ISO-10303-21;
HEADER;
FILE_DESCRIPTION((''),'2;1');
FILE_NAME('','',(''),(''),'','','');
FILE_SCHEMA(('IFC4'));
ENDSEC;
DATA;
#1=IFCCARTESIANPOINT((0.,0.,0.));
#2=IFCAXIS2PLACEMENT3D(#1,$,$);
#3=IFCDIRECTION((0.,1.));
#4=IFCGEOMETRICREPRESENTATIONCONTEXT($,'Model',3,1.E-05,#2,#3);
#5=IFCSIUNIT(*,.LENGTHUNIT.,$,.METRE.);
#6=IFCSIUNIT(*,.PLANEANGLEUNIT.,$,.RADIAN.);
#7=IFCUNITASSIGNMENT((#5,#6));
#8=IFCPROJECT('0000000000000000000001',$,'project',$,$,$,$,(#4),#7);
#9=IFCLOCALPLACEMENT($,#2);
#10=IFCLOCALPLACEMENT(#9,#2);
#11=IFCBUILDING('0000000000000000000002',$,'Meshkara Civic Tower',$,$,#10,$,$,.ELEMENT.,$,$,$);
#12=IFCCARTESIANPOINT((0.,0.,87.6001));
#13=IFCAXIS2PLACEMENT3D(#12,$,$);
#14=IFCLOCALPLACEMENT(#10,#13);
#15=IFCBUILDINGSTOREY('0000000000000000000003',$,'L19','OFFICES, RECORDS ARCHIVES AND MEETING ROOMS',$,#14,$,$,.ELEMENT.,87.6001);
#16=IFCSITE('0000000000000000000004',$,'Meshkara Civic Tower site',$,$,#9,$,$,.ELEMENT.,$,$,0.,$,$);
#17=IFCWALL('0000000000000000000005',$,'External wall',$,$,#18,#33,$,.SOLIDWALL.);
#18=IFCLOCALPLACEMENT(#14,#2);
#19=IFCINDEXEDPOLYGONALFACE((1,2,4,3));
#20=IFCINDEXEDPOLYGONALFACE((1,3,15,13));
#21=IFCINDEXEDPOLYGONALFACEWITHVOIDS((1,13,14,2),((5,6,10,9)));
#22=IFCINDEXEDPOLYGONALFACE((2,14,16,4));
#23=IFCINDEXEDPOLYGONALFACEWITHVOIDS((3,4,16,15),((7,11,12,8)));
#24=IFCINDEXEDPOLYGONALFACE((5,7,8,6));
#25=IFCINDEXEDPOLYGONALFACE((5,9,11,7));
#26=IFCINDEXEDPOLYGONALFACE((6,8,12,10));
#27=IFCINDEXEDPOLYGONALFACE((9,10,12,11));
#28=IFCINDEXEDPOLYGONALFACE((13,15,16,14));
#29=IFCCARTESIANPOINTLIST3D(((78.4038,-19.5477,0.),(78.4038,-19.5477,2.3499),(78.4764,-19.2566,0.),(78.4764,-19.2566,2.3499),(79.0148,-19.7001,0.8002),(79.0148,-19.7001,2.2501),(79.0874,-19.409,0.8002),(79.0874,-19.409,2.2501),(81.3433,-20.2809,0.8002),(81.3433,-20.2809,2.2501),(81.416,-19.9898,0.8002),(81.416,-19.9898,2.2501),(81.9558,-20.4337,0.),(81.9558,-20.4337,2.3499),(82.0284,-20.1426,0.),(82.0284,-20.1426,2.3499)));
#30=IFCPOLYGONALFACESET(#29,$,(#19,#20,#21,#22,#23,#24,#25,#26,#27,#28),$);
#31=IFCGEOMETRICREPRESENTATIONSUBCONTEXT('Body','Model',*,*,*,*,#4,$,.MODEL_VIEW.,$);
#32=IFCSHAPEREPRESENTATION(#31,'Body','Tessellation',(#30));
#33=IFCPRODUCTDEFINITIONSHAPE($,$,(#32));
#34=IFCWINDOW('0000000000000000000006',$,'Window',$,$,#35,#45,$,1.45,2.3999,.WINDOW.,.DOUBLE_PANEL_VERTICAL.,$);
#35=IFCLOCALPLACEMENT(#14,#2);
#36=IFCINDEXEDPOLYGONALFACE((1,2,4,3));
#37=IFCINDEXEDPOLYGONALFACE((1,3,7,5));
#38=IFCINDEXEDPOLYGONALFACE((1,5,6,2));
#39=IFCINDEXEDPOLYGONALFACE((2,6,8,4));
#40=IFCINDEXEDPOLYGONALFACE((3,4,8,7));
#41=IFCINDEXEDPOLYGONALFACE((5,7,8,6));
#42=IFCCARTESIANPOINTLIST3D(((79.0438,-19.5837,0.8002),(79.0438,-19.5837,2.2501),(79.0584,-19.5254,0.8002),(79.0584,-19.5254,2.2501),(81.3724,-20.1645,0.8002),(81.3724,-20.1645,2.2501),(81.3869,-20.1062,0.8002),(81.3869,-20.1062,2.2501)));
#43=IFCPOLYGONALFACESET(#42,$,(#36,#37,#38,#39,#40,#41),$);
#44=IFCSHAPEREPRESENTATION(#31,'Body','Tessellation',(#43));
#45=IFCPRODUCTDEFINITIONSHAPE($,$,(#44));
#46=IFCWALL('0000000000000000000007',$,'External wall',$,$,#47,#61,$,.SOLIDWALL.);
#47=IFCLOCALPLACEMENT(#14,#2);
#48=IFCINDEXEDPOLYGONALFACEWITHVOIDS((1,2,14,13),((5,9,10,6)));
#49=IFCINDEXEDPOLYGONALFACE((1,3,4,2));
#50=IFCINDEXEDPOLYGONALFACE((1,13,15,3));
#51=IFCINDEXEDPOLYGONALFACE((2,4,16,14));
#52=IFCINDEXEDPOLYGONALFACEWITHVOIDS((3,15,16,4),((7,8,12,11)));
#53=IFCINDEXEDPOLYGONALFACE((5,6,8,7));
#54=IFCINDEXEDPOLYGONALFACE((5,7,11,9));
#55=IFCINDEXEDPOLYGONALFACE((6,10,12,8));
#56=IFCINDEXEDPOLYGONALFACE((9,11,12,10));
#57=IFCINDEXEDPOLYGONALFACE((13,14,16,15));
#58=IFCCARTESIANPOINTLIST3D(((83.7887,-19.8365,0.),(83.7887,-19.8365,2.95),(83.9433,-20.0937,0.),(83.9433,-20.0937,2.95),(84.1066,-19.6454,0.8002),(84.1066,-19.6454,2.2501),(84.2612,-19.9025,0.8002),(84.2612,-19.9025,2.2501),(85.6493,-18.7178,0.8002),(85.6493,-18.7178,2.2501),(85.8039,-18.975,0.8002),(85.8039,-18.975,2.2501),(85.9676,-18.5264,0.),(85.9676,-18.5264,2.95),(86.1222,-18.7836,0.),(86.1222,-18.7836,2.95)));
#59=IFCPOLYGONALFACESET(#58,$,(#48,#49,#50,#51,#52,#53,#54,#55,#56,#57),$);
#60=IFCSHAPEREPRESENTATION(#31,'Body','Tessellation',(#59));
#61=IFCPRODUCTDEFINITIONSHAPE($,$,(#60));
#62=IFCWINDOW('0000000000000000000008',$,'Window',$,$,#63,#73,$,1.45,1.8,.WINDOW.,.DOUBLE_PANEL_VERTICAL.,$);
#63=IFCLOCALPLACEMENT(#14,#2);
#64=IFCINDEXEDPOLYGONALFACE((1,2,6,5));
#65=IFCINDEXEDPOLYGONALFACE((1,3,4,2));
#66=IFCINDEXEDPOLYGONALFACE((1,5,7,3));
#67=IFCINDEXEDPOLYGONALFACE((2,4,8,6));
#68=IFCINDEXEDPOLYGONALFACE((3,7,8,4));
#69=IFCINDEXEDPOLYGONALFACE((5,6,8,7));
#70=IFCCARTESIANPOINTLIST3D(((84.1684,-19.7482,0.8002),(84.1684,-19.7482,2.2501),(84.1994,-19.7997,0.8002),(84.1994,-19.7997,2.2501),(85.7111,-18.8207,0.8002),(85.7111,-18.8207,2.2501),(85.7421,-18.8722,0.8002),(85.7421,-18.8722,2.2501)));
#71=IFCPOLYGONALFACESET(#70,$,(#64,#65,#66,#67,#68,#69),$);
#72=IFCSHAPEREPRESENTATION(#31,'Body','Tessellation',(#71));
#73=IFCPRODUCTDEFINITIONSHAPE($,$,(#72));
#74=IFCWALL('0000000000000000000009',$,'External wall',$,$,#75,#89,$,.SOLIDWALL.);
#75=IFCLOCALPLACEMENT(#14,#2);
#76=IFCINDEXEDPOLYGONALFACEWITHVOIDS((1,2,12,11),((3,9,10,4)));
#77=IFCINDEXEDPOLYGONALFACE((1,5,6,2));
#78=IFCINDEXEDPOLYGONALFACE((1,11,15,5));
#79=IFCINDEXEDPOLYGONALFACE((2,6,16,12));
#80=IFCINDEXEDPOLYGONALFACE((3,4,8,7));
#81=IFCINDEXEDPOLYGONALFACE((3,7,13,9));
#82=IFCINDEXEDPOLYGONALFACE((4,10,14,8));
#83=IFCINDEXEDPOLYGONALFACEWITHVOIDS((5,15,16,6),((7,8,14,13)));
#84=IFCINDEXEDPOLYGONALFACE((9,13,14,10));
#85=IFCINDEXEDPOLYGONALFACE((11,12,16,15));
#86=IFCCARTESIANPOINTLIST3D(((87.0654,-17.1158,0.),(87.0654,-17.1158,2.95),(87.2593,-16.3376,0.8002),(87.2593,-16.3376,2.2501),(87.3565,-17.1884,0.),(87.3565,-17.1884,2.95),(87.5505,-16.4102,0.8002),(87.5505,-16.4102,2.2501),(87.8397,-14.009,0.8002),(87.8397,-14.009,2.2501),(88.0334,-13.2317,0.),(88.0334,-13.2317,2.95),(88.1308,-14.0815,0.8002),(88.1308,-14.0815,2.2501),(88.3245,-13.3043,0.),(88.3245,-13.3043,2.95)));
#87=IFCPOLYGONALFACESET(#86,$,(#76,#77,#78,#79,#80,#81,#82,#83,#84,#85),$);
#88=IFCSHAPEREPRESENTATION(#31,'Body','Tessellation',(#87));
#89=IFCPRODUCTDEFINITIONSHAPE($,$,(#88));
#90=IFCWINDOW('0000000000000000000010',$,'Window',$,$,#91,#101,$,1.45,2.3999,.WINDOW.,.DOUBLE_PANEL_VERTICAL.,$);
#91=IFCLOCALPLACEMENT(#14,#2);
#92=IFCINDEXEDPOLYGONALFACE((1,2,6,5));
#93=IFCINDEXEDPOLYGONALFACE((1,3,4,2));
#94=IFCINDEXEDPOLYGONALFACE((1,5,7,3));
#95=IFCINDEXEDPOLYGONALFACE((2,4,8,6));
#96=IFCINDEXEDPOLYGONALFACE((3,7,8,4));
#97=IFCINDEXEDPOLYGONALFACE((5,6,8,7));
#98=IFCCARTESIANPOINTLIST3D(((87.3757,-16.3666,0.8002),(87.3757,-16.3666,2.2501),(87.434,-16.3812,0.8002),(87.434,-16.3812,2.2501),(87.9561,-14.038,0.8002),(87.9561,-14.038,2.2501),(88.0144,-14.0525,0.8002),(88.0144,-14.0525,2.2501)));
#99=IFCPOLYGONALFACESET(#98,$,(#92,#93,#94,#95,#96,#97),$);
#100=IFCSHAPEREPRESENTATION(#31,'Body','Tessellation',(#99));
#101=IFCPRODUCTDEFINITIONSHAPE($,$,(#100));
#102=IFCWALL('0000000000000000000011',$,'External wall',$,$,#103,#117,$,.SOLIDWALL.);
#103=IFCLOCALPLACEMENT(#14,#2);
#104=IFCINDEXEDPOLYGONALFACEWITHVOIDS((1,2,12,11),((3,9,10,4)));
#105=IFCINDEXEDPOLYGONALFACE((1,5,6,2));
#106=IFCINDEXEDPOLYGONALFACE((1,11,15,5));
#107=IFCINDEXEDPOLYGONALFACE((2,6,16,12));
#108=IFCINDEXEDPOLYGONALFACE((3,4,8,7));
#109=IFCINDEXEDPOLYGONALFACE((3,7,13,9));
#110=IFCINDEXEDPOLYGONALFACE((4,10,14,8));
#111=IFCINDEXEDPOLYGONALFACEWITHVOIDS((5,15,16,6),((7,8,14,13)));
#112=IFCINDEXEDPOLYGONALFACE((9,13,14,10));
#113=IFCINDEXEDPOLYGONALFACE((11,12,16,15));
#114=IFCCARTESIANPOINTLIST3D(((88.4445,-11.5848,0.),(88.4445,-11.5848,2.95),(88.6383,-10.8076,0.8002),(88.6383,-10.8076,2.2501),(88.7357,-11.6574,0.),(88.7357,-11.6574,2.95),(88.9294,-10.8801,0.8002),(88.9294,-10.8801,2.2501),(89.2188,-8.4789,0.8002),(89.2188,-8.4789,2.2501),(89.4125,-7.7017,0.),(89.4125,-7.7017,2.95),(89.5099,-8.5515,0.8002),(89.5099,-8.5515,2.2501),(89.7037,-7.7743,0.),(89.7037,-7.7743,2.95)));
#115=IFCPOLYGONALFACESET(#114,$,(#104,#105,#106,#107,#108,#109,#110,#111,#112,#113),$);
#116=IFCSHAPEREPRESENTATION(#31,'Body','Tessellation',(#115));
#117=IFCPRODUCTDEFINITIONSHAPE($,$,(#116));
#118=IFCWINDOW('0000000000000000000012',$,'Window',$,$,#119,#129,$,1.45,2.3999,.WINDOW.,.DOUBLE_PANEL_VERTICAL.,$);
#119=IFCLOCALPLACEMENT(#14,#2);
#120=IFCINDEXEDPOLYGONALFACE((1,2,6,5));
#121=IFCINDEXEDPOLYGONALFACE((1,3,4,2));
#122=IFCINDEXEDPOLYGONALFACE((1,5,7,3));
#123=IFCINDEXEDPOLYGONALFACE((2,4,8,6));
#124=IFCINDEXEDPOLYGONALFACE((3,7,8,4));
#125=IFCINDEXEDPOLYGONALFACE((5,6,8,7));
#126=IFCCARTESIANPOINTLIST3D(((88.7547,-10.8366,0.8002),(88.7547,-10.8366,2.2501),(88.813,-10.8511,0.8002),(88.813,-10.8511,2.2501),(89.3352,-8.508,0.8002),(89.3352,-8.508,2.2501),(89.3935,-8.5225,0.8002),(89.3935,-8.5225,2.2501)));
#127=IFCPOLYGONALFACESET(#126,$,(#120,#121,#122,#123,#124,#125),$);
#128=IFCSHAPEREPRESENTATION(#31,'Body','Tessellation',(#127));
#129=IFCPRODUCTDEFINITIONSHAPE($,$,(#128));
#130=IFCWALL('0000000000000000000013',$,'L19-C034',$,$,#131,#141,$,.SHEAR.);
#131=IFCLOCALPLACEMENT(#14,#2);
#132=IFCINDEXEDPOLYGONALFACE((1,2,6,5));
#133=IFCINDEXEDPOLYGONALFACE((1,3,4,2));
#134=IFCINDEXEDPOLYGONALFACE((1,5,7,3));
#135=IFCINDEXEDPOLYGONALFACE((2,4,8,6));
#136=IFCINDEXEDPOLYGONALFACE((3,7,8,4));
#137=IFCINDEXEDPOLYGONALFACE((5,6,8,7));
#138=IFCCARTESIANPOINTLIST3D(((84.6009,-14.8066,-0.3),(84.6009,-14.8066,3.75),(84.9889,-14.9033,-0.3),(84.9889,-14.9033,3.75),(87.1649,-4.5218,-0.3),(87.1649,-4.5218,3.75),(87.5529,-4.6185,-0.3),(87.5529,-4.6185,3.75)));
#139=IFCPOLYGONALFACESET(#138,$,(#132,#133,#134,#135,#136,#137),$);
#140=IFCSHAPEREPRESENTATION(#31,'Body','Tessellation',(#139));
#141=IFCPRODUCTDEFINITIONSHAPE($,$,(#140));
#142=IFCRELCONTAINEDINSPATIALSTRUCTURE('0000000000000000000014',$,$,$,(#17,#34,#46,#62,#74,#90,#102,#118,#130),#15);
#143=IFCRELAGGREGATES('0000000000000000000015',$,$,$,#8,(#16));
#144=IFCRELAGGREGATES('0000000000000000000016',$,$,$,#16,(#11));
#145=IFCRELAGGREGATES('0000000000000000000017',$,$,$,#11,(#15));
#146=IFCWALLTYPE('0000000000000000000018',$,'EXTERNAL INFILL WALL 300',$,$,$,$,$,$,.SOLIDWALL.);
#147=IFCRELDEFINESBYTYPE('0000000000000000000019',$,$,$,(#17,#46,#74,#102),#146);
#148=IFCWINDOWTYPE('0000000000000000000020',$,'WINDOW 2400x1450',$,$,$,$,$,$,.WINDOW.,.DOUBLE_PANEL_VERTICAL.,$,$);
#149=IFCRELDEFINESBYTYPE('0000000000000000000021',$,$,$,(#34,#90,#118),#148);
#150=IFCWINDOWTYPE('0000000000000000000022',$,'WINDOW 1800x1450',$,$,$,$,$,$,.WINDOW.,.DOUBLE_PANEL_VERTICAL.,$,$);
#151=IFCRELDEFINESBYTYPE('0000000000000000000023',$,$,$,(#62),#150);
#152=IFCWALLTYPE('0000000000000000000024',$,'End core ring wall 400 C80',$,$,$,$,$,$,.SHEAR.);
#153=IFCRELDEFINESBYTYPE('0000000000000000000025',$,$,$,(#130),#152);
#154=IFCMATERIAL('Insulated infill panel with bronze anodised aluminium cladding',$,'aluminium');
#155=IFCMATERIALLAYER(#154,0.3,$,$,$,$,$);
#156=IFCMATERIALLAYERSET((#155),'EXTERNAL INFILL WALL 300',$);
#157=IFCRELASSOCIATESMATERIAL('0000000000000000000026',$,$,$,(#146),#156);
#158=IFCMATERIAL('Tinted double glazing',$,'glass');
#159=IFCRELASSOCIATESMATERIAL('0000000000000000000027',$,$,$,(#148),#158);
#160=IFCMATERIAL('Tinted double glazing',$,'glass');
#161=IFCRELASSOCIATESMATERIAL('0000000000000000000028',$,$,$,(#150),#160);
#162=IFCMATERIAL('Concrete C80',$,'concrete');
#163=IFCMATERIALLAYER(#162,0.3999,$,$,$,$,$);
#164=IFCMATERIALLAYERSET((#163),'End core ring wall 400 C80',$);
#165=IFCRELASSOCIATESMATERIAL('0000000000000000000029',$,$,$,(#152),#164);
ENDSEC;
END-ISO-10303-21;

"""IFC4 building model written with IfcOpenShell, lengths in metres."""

from ifc_helpers import new_model, si_unit, direction, frame, frame_2d, origin, place, context, subcontext, project, spatial, rectangle, extrude, material, layer, layer_set, type_object, element, fill, save


model = new_model("IFC4")

# Units and contexts
model_context = context("Model", 3, precision=1e-05, world=origin(), true_north=direction((0.0, 1.0)))
body_context = subcontext(model_context, "Body", "Model", "MODEL_VIEW")
ifc_project = project(units=[si_unit("LENGTHUNIT", "METRE"), si_unit("PLANEANGLEUNIT", "RADIAN")], contexts=[model_context])

# Site, building, storey
site_placement = place(None, origin())
site = spatial("IfcSite", under=ifc_project, at=site_placement, Name="Meshkara Civic Tower site", CompositionType="ELEMENT", RefElevation=0.0)
building_placement = place(site_placement, origin())
building = spatial("IfcBuilding", under=site, at=building_placement, Name="Meshkara Civic Tower", CompositionType="ELEMENT")
storey_placement = place(building_placement, frame((0.0, 0.0, 87.6001)))
storey = spatial("IfcBuildingStorey", under=building, at=storey_placement, Name="L19", Description="OFFICES, RECORDS ARCHIVES AND MEETING ROOMS", CompositionType="ELEMENT", Elevation=87.6001)

# Walls, openings, windows
ifc_material_1 = material(Name="Insulated infill panel with bronze anodised aluminium cladding", Category="aluminium")
ifc_layer_1 = layer(ifc_material_1, 0.3)
ifc_layer_set_1 = layer_set([ifc_layer_1], Name="EXTERNAL INFILL WALL 300")
wall_type_1 = type_object("IfcWallType", Name="EXTERNAL INFILL WALL 300", PredefinedType="SOLIDWALL", material=ifc_layer_set_1)
wall_1_placement = place(storey_placement, frame((78.4399, -19.4021, 0.0), z_axis=(0.0, 0.0, 1.0), x_axis=(0.970272, -0.242018, 0.0)))
wall_1 = element("IfcWall", 1, at=wall_1_placement, inside=storey, type_object=wall_type_1, Name="External wall", PredefinedType="SOLIDWALL", context=body_context, shape_type="SweptSolid", body=[
    extrude(rectangle(XDim=3.6609, YDim=0.3, at=frame_2d((1.8306, 0.0))), origin(), (0.0, 0.0, 1.0), 2.3499),
])
opening_1_placement = place(wall_1_placement, frame((0.6299, 0.0, 0.8)))
opening_1 = element("IfcOpeningElement", 2, at=opening_1_placement, cuts=wall_1, PredefinedType="OPENING", context=body_context, shape_type="SweptSolid", body=[
    extrude(rectangle(XDim=2.3999, YDim=1.45, at=frame_2d((1.2, 0.7251))), frame((0.0, 0.1599, 0.0), z_axis=(0.0, -1.0, 0.0), x_axis=(1.0, 0.0, 0.0)), (0.0, 0.0, 1.0), 0.3201),
])
ifc_material_2 = material(Name="Tinted double glazing", Category="glass")
window_type_1 = type_object("IfcWindowType", Name="WINDOW 2400x1450", PartitioningType="DOUBLE_PANEL_VERTICAL", PredefinedType="WINDOW", material=ifc_material_2)
window_1_placement = place(opening_1_placement, origin())
window_1 = element("IfcWindow", 3, at=window_1_placement, inside=storey, type_object=window_type_1, Name="Window", OverallHeight=1.45, OverallWidth=2.3999, PartitioningType="DOUBLE_PANEL_VERTICAL", PredefinedType="WINDOW", context=body_context, shape_type="SweptSolid", body=[
    extrude(rectangle(XDim=2.3999, YDim=1.45, at=frame_2d((1.2, 0.7251))), frame((0.0, 0.03, 0.0), z_axis=(0.0, -1.0, 0.0), x_axis=(1.0, 0.0, 0.0)), (0.0, 0.0, 1.0), 0.0601),
])
fill(opening_1, window_1)
wall_2_placement = place(storey_placement, frame((83.866, -19.9651, 0.0), z_axis=(0.0, 0.0, 1.0), x_axis=(0.857027, 0.515272, 0.0)))
wall_2 = element("IfcWall", 4, at=wall_2_placement, inside=storey, type_object=wall_type_1, Name="External wall", PredefinedType="SOLIDWALL", context=body_context, shape_type="SweptSolid", body=[
    extrude(rectangle(XDim=2.5425, YDim=0.3, at=frame_2d((1.2712, 0.0))), origin(), (0.0, 0.0, 1.0), 2.95),
])
opening_2_placement = place(wall_2_placement, frame((0.3711, 0.0, 0.8)))
opening_2 = element("IfcOpeningElement", 5, at=opening_2_placement, cuts=wall_2, PredefinedType="OPENING", context=body_context, shape_type="SweptSolid", body=[
    extrude(rectangle(XDim=1.8, YDim=1.45, at=frame_2d((0.8999, 0.7251))), frame((0.0, 0.1599, 0.0), z_axis=(0.0, -1.0, 0.0), x_axis=(1.0, 0.0, 0.0)), (0.0, 0.0, 1.0), 0.3201),
])
ifc_material_3 = material(Name="Tinted double glazing", Category="glass")
window_type_2 = type_object("IfcWindowType", Name="WINDOW 1800x1450", PartitioningType="DOUBLE_PANEL_VERTICAL", PredefinedType="WINDOW", material=ifc_material_3)
window_2_placement = place(opening_2_placement, origin())
window_2 = element("IfcWindow", 6, at=window_2_placement, inside=storey, type_object=window_type_2, Name="Window", OverallHeight=1.45, OverallWidth=1.8, PartitioningType="DOUBLE_PANEL_VERTICAL", PredefinedType="WINDOW", context=body_context, shape_type="SweptSolid", body=[
    extrude(rectangle(XDim=1.8, YDim=1.45, at=frame_2d((0.8999, 0.7251))), frame((0.0, 0.03, 0.0), z_axis=(0.0, -1.0, 0.0), x_axis=(1.0, 0.0, 0.0)), (0.0, 0.0, 1.0), 0.0601),
])
fill(opening_2, window_2)
wall_3_placement = place(storey_placement, frame((87.2109, -17.1521, 0.0), z_axis=(0.0, 0.0, 1.0), x_axis=(0.241832, 0.970318, 0.0)))
wall_3 = element("IfcWall", 7, at=wall_3_placement, inside=storey, type_object=wall_type_1, Name="External wall", PredefinedType="SOLIDWALL", context=body_context, shape_type="SweptSolid", body=[
    extrude(rectangle(XDim=4.0029, YDim=0.3, at=frame_2d((2.0015, 0.0))), origin(), (0.0, 0.0, 1.0), 2.95),
])
opening_3_placement = place(wall_3_placement, frame((0.802, 0.0, 0.8)))
opening_3 = element("IfcOpeningElement", 8, at=opening_3_placement, cuts=wall_3, PredefinedType="OPENING", context=body_context, shape_type="SweptSolid", body=[
    extrude(rectangle(XDim=2.3999, YDim=1.45, at=frame_2d((1.2, 0.7251))), frame((0.0, 0.1599, 0.0), z_axis=(0.0, -1.0, 0.0), x_axis=(1.0, 0.0, 0.0)), (0.0, 0.0, 1.0), 0.3201),
])
window_3_placement = place(opening_3_placement, origin())
window_3 = element("IfcWindow", 9, at=window_3_placement, inside=storey, type_object=window_type_1, Name="Window", OverallHeight=1.45, OverallWidth=2.3999, PartitioningType="DOUBLE_PANEL_VERTICAL", PredefinedType="WINDOW", context=body_context, shape_type="SweptSolid", body=[
    extrude(rectangle(XDim=2.3999, YDim=1.45, at=frame_2d((1.2, 0.7251))), frame((0.0, 0.03, 0.0), z_axis=(0.0, -1.0, 0.0), x_axis=(1.0, 0.0, 0.0)), (0.0, 0.0, 1.0), 0.0601),
])
fill(opening_3, window_3)
wall_4_placement = place(storey_placement, frame((88.5901, -11.6211, 0.0), z_axis=(0.0, 0.0, 1.0), x_axis=(0.24189, 0.970304, 0.0)))
wall_4 = element("IfcWall", 10, at=wall_4_placement, inside=storey, type_object=wall_type_1, Name="External wall", PredefinedType="SOLIDWALL", context=body_context, shape_type="SweptSolid", body=[
    extrude(rectangle(XDim=4.002, YDim=0.3, at=frame_2d((2.001, 0.0))), origin(), (0.0, 0.0, 1.0), 2.95),
])
opening_4_placement = place(wall_4_placement, frame((0.801, 0.0, 0.8)))
opening_4 = element("IfcOpeningElement", 11, at=opening_4_placement, cuts=wall_4, PredefinedType="OPENING", context=body_context, shape_type="SweptSolid", body=[
    extrude(rectangle(XDim=2.3999, YDim=1.45, at=frame_2d((1.2, 0.7251))), frame((0.0, 0.1599, 0.0), z_axis=(0.0, -1.0, 0.0), x_axis=(1.0, 0.0, 0.0)), (0.0, 0.0, 1.0), 0.3201),
])
window_4_placement = place(opening_4_placement, origin())
window_4 = element("IfcWindow", 12, at=window_4_placement, inside=storey, type_object=window_type_1, Name="Window", OverallHeight=1.45, OverallWidth=2.3999, PartitioningType="DOUBLE_PANEL_VERTICAL", PredefinedType="WINDOW", context=body_context, shape_type="SweptSolid", body=[
    extrude(rectangle(XDim=2.3999, YDim=1.45, at=frame_2d((1.2, 0.7251))), frame((0.0, 0.03, 0.0), z_axis=(0.0, -1.0, 0.0), x_axis=(1.0, 0.0, 0.0)), (0.0, 0.0, 1.0), 0.0601),
])
fill(opening_4, window_4)

# Wall
ifc_material_4 = material(Name="Concrete C80", Category="concrete")
ifc_layer_2 = layer(ifc_material_4, 0.3999)
ifc_layer_set_2 = layer_set([ifc_layer_2], Name="End core ring wall 400 C80")
wall_type_2 = type_object("IfcWallType", Name="End core ring wall 400 C80", PredefinedType="SHEAR", material=ifc_layer_set_2)
wall_5_placement = place(storey_placement, frame((84.7949, -14.855, -0.3), z_axis=(0.0, 0.0, 1.0), x_axis=(0.241891, 0.970304, 0.0)))
element("IfcWall", 13, at=wall_5_placement, inside=storey, type_object=wall_type_2, Name="L19-C034", PredefinedType="SHEAR", context=body_context, shape_type="SweptSolid", body=[
    extrude(rectangle(XDim=10.5996, YDim=0.3999, at=frame_2d((5.2998, 0.0))), origin(), (0.0, 0.0, 1.0), 4.05),
])

save(model, "model.ifc")
